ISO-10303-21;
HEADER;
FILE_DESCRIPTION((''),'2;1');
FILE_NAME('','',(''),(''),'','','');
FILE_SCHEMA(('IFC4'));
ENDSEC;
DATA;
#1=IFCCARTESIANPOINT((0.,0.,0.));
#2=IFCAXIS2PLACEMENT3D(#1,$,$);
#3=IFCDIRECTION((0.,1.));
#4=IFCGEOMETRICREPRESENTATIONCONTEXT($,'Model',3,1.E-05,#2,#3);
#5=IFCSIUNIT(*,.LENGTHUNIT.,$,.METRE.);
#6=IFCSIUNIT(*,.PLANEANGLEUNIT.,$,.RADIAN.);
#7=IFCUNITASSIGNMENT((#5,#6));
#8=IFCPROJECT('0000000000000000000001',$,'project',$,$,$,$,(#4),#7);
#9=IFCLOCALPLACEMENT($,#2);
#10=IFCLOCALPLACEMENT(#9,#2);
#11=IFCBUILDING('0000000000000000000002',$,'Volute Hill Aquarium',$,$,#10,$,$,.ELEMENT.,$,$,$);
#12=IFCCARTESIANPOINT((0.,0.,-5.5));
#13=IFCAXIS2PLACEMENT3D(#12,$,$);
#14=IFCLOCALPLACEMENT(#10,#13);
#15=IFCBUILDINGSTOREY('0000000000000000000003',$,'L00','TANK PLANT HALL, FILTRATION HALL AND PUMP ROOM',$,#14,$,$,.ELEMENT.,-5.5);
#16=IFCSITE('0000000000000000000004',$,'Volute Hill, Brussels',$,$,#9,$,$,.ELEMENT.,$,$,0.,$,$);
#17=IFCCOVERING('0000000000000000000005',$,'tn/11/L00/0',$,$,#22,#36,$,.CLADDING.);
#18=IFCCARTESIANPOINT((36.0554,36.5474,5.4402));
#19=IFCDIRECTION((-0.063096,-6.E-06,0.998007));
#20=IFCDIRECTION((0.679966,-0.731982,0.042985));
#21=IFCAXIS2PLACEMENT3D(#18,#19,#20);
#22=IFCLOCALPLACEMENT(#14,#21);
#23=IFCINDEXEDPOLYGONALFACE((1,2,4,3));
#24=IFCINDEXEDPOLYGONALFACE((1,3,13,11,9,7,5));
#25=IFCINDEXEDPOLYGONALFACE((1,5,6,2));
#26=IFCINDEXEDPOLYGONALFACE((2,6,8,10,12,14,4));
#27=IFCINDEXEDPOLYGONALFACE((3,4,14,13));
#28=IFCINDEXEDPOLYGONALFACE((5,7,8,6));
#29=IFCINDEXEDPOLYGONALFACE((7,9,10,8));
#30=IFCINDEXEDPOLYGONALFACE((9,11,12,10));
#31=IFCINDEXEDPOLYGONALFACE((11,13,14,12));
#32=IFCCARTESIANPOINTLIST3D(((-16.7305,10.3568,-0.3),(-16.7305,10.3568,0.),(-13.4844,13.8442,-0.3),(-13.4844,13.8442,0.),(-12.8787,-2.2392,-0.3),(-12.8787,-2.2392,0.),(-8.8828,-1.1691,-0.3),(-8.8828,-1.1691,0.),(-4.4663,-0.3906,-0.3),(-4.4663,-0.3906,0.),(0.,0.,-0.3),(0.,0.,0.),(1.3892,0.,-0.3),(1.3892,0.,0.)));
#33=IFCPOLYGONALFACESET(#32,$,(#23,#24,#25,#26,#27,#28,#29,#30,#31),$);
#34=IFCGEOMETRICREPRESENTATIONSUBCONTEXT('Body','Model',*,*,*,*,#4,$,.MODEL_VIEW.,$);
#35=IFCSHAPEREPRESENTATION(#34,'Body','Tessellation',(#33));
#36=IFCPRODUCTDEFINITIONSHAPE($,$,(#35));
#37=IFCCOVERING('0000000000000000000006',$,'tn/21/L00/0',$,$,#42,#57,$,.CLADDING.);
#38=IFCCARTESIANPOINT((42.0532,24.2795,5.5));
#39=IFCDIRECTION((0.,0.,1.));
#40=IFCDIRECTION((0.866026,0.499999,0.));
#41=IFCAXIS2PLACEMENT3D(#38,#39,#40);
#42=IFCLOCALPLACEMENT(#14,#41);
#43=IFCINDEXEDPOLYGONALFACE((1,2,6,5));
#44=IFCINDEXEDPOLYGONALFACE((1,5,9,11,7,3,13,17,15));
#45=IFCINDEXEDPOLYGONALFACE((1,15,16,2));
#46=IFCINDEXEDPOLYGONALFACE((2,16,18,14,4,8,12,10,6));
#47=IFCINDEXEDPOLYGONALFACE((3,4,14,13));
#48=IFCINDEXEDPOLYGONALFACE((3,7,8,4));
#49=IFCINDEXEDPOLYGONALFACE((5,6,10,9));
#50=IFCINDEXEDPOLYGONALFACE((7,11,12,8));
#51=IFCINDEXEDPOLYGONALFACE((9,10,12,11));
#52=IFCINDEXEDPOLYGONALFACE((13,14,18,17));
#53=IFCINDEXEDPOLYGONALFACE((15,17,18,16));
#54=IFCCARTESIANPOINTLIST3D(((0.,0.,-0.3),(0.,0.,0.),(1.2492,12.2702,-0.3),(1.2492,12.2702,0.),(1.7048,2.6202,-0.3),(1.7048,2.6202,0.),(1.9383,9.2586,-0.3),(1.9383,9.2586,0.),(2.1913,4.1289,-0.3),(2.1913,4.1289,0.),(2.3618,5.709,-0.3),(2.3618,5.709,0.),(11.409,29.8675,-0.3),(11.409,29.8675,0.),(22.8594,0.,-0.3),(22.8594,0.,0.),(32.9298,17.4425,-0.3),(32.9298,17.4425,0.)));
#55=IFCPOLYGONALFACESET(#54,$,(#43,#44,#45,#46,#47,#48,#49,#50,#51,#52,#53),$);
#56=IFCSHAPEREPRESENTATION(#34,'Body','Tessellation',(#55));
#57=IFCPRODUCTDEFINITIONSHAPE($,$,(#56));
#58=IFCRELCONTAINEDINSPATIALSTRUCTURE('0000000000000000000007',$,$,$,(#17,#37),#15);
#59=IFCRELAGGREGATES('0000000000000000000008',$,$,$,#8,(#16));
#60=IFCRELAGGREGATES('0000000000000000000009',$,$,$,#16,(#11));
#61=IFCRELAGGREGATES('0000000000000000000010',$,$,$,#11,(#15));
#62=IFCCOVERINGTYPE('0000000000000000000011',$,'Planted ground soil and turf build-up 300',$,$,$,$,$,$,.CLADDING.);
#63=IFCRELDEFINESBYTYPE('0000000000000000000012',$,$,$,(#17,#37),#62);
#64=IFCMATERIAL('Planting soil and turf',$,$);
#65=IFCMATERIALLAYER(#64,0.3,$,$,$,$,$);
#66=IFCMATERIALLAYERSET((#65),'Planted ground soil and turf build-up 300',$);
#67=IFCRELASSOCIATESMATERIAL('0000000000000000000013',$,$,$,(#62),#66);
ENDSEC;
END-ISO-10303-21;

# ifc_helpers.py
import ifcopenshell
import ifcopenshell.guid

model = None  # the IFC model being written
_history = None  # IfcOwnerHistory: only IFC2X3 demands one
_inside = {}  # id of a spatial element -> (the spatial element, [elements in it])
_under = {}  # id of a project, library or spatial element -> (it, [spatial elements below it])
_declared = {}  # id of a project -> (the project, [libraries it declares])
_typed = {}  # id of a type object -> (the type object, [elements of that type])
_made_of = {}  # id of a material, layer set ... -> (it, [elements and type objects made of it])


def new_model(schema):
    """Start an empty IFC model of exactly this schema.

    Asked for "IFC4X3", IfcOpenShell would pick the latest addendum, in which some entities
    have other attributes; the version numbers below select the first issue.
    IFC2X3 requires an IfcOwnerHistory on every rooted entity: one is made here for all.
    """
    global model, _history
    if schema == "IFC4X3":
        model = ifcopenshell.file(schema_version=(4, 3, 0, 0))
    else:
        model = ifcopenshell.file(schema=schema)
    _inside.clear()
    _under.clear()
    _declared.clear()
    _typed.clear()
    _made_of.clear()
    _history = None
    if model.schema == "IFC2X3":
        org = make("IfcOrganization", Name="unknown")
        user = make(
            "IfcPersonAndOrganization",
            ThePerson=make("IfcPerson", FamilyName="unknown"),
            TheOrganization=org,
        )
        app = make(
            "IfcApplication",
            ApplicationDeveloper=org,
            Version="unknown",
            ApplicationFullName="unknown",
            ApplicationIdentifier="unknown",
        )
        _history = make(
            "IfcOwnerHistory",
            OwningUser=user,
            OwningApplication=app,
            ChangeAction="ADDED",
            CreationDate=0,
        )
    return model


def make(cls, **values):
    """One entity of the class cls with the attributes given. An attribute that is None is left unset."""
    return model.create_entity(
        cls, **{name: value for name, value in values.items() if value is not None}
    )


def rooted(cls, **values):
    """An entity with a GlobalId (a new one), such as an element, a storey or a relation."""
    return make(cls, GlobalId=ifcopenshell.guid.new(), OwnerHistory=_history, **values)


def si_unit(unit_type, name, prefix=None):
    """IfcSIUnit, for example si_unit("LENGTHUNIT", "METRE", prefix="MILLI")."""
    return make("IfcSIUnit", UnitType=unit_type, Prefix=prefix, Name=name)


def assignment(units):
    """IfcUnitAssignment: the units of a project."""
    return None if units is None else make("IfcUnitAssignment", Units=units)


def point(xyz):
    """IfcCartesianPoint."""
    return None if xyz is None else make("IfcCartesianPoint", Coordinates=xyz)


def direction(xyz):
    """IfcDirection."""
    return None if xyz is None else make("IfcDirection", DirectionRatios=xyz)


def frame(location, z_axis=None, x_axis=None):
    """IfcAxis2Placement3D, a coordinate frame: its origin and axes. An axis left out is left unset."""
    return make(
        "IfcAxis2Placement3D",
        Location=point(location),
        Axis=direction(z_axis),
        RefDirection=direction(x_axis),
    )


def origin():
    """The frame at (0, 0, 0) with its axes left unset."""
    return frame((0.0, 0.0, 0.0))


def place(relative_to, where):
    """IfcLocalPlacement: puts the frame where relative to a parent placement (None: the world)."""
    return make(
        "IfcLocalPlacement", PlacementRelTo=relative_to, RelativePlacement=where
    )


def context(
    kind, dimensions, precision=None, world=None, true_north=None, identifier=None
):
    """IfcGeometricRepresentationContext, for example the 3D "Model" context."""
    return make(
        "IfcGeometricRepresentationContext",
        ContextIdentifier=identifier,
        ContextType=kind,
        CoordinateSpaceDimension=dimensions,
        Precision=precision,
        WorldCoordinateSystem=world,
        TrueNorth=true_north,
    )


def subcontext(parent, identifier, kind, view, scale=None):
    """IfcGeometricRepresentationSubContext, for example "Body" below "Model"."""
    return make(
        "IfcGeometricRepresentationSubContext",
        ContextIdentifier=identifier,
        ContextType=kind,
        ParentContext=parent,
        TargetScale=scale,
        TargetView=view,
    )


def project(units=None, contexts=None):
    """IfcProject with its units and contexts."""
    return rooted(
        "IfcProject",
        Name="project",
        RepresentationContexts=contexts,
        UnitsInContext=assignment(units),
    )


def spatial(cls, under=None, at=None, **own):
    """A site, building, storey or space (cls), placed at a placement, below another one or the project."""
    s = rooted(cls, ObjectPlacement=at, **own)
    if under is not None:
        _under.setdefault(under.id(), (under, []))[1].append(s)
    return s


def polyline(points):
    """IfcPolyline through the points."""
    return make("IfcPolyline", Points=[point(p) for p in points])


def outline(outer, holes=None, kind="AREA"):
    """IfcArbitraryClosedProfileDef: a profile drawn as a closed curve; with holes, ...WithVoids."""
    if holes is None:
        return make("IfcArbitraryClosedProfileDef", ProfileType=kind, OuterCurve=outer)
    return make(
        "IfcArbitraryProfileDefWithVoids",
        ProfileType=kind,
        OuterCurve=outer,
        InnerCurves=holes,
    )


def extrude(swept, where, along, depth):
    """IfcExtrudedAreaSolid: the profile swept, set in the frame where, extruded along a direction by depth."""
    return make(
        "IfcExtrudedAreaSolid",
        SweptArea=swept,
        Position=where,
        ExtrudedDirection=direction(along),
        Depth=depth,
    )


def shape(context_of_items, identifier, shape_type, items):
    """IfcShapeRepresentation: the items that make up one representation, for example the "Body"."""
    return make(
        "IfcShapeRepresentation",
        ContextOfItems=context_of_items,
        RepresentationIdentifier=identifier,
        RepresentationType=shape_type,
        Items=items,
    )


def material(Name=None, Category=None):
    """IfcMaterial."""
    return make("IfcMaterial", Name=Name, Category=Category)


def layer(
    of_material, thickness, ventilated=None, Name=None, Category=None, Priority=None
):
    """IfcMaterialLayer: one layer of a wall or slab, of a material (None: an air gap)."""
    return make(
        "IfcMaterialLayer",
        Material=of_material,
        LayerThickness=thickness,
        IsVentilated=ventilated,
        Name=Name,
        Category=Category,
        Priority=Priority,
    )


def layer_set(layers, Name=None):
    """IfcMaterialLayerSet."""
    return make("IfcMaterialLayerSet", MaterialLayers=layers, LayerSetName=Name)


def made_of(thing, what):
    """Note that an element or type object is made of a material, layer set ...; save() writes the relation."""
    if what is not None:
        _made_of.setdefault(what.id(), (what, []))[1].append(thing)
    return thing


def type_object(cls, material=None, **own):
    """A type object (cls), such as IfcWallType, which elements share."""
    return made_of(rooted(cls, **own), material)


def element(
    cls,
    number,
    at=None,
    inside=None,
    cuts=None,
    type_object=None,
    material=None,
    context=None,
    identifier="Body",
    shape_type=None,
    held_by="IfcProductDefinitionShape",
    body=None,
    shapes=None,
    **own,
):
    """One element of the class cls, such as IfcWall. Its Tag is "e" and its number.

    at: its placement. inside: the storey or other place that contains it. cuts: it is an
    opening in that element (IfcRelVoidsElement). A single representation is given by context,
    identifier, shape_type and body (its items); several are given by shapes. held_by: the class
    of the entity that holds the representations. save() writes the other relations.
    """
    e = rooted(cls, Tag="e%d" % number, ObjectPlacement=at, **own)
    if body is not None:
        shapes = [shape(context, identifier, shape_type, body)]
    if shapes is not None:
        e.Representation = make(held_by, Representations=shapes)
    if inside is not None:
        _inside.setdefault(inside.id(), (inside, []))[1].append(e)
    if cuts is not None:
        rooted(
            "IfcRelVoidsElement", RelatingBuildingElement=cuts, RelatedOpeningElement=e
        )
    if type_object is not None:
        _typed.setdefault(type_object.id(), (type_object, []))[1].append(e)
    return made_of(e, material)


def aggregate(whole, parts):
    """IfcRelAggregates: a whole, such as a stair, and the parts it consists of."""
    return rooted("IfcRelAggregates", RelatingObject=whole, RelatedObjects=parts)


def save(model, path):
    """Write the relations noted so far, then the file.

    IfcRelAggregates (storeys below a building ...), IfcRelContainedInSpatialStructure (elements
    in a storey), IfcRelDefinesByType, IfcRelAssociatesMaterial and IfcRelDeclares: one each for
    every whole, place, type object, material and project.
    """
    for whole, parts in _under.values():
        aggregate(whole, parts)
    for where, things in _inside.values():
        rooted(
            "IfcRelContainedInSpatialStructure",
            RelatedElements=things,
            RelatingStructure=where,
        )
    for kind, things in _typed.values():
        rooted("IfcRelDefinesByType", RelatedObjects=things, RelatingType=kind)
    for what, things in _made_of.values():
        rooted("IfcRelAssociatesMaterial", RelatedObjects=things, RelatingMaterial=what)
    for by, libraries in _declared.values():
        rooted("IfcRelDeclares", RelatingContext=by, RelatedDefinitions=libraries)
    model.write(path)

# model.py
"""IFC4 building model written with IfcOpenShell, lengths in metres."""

from ifc_helpers import new_model, si_unit, direction, frame, origin, place, context, subcontext, project, spatial, polyline, outline, extrude, material, layer, layer_set, type_object, element, save


model = new_model("IFC4")

# Units and contexts
model_context = context("Model", 3, precision=1e-05, world=origin(), true_north=direction((0.0, 1.0)))
body_context = subcontext(model_context, "Body", "Model", "MODEL_VIEW")
ifc_project = project(units=[si_unit("LENGTHUNIT", "METRE"), si_unit("PLANEANGLEUNIT", "RADIAN")], contexts=[model_context])

# Site, building, storey
site_placement = place(None, origin())
site = spatial("IfcSite", under=ifc_project, at=site_placement, Name="Volute Hill, Brussels", CompositionType="ELEMENT", RefElevation=0.0)
building_placement = place(site_placement, origin())
building = spatial("IfcBuilding", under=site, at=building_placement, Name="Volute Hill Aquarium", CompositionType="ELEMENT")
storey_placement = place(building_placement, frame((0.0, 0.0, -5.5)))
storey = spatial("IfcBuildingStorey", under=building, at=storey_placement, Name="L00", Description="TANK PLANT HALL, FILTRATION HALL AND PUMP ROOM", CompositionType="ELEMENT", Elevation=-5.5)

# Coverings
ifc_material_1 = material(Name="Planting soil and turf")
ifc_layer_1 = layer(ifc_material_1, 0.3)
ifc_layer_set_1 = layer_set([ifc_layer_1], Name="Planted ground soil and turf build-up 300")
covering_type_1 = type_object("IfcCoveringType", Name="Planted ground soil and turf build-up 300", PredefinedType="CLADDING", material=ifc_layer_set_1)
covering_1_placement = place(storey_placement, frame((36.0554, 36.5474, 5.4402), z_axis=(-0.063096, -0.000006, 0.998007), x_axis=(0.679966, -0.731982, 0.042985)))
element("IfcCovering", 1, at=covering_1_placement, inside=storey, type_object=covering_type_1, Name="tn/11/L00/0", PredefinedType="CLADDING", context=body_context, shape_type="SweptSolid", body=[
    extrude(outline(polyline([(0.0, 0.0), (1.3892, 0.0), (-13.4844, 13.8442), (-16.7305, 10.3568), (-12.8787, -2.2392), (-8.8828, -1.1691), (-4.4663, -0.3906), (0.0, 0.0)])), origin(), (0.0, 0.0, -1.0), 0.3),
])
covering_2_placement = place(storey_placement, frame((42.0532, 24.2795, 5.5), z_axis=(0.0, 0.0, 1.0), x_axis=(0.866026, 0.499999, 0.0)))
element("IfcCovering", 2, at=covering_2_placement, inside=storey, type_object=covering_type_1, Name="tn/21/L00/0", PredefinedType="CLADDING", context=body_context, shape_type="SweptSolid", body=[
    extrude(outline(polyline([(0.0, 0.0), (22.8594, 0.0), (32.9298, 17.4425), (11.409, 29.8675), (1.2492, 12.2702), (1.9383, 9.2586), (2.3618, 5.709), (2.1913, 4.1289), (1.7048, 2.6202), (0.0, 0.0)])), origin(), (0.0, 0.0, -1.0), 0.3),
])

save(model, "model.ifc")
